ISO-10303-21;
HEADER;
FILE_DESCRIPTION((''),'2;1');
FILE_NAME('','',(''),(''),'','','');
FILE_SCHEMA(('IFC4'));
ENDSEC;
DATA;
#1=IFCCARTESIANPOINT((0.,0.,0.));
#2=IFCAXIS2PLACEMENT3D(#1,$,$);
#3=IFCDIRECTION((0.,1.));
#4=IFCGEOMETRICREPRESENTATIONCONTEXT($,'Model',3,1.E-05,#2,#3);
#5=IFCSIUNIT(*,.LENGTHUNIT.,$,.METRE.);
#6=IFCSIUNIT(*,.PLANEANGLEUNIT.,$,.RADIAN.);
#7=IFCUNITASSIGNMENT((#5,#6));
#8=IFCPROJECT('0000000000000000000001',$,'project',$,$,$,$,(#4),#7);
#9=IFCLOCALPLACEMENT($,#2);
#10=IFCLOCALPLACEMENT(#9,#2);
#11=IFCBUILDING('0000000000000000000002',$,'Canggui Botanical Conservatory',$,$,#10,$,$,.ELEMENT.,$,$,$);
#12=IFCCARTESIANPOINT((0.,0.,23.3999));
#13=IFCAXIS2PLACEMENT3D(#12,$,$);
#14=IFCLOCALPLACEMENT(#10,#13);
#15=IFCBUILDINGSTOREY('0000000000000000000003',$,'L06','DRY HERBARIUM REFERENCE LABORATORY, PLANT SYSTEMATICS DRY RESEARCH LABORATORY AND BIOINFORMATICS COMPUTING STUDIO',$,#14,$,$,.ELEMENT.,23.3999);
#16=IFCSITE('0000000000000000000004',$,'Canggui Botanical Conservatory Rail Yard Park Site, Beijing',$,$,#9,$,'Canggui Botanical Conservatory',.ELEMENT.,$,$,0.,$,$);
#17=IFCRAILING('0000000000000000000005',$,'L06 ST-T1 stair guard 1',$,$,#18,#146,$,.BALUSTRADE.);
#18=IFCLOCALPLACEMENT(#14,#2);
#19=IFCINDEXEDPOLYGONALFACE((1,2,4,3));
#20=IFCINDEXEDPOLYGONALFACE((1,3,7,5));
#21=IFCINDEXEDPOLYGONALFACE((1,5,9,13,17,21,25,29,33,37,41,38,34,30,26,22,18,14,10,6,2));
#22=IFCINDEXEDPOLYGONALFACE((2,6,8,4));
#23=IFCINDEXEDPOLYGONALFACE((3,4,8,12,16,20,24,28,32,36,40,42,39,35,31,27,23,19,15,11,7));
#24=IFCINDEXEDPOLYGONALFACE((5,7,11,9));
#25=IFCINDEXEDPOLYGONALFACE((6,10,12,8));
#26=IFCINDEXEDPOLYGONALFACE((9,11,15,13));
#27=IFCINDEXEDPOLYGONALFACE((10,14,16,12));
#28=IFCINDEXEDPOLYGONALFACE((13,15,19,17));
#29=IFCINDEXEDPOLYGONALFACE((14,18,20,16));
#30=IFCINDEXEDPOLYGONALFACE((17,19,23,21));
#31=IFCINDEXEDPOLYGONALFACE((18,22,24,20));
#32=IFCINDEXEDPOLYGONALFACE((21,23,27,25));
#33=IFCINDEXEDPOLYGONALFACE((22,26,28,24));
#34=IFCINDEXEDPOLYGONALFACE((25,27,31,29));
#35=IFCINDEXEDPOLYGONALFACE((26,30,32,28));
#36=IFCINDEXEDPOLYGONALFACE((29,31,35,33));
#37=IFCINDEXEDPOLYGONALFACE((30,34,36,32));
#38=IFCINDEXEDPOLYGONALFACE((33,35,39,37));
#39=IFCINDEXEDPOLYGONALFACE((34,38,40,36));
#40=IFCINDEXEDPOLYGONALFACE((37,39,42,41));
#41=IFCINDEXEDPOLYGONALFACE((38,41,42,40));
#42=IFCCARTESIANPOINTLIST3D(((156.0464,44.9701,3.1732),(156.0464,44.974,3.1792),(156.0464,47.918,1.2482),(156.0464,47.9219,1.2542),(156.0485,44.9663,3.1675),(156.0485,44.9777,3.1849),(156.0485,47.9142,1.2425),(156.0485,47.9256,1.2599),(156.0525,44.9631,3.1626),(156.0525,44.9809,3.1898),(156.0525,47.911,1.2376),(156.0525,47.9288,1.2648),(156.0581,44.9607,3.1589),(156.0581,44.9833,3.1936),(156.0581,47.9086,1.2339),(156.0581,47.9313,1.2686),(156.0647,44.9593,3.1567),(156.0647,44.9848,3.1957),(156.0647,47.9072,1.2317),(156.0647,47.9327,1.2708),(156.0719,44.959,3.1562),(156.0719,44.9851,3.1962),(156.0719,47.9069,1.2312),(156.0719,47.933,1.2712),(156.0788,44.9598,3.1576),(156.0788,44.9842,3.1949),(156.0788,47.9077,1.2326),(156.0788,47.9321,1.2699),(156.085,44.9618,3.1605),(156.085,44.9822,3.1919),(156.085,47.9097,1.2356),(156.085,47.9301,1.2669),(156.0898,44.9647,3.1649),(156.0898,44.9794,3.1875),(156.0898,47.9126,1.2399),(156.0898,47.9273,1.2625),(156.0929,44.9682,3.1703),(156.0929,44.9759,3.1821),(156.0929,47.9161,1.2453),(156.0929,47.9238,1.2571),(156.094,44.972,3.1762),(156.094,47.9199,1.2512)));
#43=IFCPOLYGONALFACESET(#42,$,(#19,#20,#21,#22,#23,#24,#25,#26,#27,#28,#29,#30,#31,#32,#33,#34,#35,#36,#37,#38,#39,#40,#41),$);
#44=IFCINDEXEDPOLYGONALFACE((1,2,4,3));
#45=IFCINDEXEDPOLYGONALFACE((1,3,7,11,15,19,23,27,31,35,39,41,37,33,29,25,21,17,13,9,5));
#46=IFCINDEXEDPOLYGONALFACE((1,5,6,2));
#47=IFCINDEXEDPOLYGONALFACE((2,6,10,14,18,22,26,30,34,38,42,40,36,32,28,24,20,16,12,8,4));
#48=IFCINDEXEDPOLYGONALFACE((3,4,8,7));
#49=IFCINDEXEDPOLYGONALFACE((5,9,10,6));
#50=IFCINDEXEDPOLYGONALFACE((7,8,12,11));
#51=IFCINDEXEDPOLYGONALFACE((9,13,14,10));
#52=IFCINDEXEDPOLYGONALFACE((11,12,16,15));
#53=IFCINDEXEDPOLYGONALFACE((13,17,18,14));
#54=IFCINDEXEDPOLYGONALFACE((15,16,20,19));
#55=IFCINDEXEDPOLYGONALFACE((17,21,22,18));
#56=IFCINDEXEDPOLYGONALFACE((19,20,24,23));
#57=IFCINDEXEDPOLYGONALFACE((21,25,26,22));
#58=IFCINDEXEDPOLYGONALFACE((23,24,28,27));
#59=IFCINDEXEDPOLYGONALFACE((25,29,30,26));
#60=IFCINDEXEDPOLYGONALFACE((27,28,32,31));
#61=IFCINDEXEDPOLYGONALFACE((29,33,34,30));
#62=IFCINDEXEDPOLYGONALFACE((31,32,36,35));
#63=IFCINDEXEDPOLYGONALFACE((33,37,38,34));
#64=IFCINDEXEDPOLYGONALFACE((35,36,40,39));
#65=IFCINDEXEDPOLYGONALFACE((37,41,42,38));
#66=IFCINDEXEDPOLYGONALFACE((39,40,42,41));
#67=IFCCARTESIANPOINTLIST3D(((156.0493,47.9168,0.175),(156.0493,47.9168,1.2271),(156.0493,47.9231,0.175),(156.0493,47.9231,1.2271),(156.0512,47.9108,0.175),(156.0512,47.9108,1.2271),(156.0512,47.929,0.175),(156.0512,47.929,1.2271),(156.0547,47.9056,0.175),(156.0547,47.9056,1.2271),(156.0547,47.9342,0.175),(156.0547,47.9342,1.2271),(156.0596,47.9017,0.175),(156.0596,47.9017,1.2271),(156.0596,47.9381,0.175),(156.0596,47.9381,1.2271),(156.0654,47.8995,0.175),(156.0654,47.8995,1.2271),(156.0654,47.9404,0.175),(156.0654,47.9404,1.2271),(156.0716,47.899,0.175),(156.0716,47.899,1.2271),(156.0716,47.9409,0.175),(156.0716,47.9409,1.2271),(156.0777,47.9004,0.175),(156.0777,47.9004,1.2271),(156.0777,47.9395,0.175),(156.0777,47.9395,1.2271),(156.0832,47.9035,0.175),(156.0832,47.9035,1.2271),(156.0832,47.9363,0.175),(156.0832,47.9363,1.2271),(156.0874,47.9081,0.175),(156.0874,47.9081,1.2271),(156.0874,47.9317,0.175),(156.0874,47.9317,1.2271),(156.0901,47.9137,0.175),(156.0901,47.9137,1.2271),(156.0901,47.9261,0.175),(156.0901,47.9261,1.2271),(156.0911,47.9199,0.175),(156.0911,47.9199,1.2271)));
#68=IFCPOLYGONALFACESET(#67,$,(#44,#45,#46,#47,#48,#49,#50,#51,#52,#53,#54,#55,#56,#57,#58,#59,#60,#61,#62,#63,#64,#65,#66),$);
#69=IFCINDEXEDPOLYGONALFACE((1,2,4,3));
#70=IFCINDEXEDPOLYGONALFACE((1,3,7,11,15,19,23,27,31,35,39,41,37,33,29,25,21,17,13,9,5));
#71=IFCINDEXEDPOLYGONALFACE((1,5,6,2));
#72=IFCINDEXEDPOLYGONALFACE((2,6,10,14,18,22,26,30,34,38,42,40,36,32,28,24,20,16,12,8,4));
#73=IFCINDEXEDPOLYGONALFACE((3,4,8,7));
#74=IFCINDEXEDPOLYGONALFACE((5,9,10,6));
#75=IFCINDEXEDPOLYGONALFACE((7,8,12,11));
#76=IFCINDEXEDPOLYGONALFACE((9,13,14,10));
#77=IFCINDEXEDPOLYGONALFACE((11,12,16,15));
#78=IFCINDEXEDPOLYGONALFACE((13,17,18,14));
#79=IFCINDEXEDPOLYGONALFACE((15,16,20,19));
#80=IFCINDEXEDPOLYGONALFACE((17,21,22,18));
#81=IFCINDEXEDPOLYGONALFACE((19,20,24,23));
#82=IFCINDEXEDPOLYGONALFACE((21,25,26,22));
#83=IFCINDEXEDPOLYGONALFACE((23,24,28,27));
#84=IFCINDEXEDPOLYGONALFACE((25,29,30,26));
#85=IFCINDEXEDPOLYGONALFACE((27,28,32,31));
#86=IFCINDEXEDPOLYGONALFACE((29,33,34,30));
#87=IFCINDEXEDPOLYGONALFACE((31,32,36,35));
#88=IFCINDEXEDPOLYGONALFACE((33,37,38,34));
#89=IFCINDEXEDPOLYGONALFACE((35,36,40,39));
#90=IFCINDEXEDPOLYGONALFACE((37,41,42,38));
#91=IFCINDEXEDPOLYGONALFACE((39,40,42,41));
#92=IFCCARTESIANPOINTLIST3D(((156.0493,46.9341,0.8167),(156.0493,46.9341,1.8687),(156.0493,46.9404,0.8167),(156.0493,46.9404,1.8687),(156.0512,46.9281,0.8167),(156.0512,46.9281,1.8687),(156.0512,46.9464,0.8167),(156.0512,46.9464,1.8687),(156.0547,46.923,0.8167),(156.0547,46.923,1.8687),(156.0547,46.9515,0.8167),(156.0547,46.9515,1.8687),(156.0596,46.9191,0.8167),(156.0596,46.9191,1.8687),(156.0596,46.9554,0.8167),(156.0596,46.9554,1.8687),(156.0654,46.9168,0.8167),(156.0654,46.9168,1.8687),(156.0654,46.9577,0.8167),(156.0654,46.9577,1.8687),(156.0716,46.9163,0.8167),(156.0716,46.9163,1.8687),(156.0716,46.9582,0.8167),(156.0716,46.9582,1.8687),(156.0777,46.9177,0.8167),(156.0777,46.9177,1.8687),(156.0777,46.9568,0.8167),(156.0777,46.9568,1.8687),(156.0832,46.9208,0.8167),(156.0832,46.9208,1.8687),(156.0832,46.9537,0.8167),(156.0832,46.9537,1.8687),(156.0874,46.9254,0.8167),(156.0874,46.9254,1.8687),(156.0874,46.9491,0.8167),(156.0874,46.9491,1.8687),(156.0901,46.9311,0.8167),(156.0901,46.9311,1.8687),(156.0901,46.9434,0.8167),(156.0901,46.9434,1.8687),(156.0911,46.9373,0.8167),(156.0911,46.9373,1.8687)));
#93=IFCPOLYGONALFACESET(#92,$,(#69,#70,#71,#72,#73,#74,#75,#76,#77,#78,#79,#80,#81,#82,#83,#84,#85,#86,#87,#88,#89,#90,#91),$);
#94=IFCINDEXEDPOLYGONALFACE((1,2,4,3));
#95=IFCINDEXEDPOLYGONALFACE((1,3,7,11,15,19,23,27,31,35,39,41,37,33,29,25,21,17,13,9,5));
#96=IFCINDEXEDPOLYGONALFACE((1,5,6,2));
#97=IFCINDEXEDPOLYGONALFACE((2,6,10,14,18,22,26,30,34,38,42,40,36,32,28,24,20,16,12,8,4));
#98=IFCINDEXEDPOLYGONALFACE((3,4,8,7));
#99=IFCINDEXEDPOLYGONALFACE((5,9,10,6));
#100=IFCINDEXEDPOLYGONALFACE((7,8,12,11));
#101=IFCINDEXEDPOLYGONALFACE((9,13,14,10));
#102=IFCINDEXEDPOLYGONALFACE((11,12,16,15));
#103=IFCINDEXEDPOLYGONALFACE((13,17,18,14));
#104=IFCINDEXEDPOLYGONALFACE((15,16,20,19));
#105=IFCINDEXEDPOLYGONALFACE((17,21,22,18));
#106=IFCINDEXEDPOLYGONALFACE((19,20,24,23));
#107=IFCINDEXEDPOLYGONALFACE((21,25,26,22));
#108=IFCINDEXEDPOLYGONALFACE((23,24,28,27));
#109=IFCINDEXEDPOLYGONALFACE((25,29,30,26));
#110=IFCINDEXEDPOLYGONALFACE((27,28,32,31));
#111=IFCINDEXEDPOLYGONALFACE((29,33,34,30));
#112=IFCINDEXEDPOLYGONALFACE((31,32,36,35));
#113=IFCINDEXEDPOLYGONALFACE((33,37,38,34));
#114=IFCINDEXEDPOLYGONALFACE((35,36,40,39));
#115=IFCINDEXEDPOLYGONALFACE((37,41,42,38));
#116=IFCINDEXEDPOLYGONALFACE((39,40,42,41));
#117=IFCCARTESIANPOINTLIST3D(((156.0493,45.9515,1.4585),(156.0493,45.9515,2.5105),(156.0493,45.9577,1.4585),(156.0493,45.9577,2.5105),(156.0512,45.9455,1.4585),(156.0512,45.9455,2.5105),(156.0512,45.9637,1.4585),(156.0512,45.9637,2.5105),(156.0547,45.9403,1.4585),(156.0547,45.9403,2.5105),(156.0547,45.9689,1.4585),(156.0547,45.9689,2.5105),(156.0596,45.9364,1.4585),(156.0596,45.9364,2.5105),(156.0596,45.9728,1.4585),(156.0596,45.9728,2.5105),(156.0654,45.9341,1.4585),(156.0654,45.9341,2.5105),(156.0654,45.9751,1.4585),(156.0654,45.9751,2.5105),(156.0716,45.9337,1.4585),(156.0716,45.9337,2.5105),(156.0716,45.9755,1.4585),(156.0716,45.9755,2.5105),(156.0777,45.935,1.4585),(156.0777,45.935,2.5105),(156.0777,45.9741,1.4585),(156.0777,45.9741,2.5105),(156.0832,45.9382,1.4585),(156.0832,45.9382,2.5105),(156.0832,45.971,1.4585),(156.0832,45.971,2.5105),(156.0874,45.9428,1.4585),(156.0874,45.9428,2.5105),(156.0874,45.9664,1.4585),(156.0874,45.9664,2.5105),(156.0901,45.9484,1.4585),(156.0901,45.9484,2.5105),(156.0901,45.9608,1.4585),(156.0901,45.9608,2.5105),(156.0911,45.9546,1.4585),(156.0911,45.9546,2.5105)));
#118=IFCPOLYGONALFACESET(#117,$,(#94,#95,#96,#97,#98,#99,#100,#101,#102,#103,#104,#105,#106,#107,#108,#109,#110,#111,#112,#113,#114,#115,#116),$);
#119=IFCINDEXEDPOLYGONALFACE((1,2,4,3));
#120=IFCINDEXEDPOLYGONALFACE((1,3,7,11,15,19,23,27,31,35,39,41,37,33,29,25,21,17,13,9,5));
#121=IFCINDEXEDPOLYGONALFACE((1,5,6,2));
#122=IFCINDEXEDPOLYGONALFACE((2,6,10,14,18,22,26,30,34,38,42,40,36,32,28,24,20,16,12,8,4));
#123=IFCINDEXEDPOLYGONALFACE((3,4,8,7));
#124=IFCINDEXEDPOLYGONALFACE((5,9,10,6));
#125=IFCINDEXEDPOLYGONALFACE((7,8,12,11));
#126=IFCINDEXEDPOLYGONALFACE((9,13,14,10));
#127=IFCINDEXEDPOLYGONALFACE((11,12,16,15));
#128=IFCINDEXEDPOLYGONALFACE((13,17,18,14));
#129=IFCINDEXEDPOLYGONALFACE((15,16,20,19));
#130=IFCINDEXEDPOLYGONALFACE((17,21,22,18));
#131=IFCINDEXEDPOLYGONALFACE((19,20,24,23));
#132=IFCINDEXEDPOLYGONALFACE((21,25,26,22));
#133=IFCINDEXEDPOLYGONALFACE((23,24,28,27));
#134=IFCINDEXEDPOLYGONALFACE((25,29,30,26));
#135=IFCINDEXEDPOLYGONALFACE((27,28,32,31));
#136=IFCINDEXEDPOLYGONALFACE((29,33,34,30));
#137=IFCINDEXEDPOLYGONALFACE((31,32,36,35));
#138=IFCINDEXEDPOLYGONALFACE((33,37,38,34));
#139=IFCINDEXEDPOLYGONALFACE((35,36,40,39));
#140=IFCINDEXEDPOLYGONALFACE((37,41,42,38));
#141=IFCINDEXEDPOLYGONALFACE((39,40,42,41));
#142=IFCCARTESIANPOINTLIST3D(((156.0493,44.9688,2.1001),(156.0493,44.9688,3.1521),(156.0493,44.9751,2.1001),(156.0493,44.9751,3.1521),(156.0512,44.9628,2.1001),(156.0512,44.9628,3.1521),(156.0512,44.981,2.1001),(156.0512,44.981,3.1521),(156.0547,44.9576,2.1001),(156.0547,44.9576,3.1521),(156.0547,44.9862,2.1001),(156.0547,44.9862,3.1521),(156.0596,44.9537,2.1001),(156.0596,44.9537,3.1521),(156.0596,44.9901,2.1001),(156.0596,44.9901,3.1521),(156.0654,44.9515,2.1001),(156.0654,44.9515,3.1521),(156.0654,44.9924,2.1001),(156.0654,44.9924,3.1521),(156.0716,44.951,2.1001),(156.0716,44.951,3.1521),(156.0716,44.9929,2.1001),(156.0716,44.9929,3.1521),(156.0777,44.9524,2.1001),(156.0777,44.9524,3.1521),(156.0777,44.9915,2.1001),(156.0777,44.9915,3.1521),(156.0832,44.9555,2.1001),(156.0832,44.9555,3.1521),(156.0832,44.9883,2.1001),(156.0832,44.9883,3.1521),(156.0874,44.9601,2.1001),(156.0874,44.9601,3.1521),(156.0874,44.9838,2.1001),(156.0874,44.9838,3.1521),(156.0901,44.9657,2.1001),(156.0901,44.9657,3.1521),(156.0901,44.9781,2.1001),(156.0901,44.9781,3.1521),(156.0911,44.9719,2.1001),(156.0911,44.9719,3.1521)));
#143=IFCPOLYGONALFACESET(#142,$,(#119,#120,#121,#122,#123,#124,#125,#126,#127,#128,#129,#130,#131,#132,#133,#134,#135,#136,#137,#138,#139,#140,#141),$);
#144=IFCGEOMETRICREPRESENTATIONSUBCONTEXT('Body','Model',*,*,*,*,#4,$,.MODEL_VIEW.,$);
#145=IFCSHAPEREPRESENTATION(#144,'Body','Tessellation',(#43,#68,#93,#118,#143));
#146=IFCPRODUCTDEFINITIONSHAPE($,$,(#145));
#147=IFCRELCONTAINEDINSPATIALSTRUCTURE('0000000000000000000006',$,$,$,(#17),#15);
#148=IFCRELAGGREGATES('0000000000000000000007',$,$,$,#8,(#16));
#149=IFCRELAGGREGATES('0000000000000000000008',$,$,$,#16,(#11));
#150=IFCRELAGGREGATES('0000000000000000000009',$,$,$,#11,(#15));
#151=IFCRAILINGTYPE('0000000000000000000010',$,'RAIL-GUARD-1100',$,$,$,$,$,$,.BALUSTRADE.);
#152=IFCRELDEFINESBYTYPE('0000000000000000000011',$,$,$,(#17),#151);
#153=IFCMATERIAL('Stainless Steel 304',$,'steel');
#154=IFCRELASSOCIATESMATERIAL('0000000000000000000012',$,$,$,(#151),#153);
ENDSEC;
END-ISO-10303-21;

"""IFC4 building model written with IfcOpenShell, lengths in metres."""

from ifc_helpers import new_model, si_unit, direction, frame, origin, origin_2d, place, context, subcontext, project, spatial, circle, extrude, material, type_object, element, save


model = new_model("IFC4")

# Units and contexts
model_context = context("Model", 3, precision=1e-05, world=origin(), true_north=direction((0.0, 1.0)))
body_context = subcontext(model_context, "Body", "Model", "MODEL_VIEW")
ifc_project = project(units=[si_unit("LENGTHUNIT", "METRE"), si_unit("PLANEANGLEUNIT", "RADIAN")], contexts=[model_context])

# Site, building, storey
site_placement = place(None, origin())
site = spatial("IfcSite", under=ifc_project, at=site_placement, Name="Canggui Botanical Conservatory Rail Yard Park Site, Beijing", LongName="Canggui Botanical Conservatory", CompositionType="ELEMENT", RefElevation=0.0)
building_placement = place(site_placement, origin())
building = spatial("IfcBuilding", under=site, at=building_placement, Name="Canggui Botanical Conservatory", CompositionType="ELEMENT")
storey_placement = place(building_placement, frame((0.0, 0.0, 23.3999)))
storey = spatial("IfcBuildingStorey", under=building, at=storey_placement, Name="L06", Description="DRY HERBARIUM REFERENCE LABORATORY, PLANT SYSTEMATICS DRY RESEARCH LABORATORY AND BIOINFORMATICS COMPUTING STUDIO", CompositionType="ELEMENT", Elevation=23.3999)

# Shared definitions
ifc_material_1 = material(Name="Stainless Steel 304", Category="steel")

# Railing
railing_type = type_object("IfcRailingType", Name="RAIL-GUARD-1100", PredefinedType="BALUSTRADE", material=ifc_material_1)
railing_1_placement = place(storey_placement, frame((156.0701, 47.9199, 0.175)))
element("IfcRailing", 1, at=railing_1_placement, inside=storey, type_object=railing_type, Name="L06 ST-T1 stair guard 1", PredefinedType="BALUSTRADE", context=body_context, shape_type="SweptSolid", body=[
    extrude(circle(Radius=0.0239, at=origin_2d()), frame((0.0, 0.0, 1.0762), z_axis=(0.0, -0.837293, 0.546754), x_axis=(1.0, 0.0, 0.0)), (0.0, 0.0, 1.0), 3.5208),
    extrude(circle(Radius=0.021, at=origin_2d()), origin(), (0.0, 0.0, 1.0), 1.052),
    extrude(circle(Radius=0.021, at=origin_2d()), frame((0.0, -0.9827, 0.6416)), (0.0, 0.0, 1.0), 1.052),
    extrude(circle(Radius=0.021, at=origin_2d()), frame((0.0, -1.9653, 1.2834)), (0.0, 0.0, 1.0), 1.052),
    extrude(circle(Radius=0.021, at=origin_2d()), frame((0.0, -2.948, 1.925)), (0.0, 0.0, 1.0), 1.052),
])

save(model, "model.ifc")
